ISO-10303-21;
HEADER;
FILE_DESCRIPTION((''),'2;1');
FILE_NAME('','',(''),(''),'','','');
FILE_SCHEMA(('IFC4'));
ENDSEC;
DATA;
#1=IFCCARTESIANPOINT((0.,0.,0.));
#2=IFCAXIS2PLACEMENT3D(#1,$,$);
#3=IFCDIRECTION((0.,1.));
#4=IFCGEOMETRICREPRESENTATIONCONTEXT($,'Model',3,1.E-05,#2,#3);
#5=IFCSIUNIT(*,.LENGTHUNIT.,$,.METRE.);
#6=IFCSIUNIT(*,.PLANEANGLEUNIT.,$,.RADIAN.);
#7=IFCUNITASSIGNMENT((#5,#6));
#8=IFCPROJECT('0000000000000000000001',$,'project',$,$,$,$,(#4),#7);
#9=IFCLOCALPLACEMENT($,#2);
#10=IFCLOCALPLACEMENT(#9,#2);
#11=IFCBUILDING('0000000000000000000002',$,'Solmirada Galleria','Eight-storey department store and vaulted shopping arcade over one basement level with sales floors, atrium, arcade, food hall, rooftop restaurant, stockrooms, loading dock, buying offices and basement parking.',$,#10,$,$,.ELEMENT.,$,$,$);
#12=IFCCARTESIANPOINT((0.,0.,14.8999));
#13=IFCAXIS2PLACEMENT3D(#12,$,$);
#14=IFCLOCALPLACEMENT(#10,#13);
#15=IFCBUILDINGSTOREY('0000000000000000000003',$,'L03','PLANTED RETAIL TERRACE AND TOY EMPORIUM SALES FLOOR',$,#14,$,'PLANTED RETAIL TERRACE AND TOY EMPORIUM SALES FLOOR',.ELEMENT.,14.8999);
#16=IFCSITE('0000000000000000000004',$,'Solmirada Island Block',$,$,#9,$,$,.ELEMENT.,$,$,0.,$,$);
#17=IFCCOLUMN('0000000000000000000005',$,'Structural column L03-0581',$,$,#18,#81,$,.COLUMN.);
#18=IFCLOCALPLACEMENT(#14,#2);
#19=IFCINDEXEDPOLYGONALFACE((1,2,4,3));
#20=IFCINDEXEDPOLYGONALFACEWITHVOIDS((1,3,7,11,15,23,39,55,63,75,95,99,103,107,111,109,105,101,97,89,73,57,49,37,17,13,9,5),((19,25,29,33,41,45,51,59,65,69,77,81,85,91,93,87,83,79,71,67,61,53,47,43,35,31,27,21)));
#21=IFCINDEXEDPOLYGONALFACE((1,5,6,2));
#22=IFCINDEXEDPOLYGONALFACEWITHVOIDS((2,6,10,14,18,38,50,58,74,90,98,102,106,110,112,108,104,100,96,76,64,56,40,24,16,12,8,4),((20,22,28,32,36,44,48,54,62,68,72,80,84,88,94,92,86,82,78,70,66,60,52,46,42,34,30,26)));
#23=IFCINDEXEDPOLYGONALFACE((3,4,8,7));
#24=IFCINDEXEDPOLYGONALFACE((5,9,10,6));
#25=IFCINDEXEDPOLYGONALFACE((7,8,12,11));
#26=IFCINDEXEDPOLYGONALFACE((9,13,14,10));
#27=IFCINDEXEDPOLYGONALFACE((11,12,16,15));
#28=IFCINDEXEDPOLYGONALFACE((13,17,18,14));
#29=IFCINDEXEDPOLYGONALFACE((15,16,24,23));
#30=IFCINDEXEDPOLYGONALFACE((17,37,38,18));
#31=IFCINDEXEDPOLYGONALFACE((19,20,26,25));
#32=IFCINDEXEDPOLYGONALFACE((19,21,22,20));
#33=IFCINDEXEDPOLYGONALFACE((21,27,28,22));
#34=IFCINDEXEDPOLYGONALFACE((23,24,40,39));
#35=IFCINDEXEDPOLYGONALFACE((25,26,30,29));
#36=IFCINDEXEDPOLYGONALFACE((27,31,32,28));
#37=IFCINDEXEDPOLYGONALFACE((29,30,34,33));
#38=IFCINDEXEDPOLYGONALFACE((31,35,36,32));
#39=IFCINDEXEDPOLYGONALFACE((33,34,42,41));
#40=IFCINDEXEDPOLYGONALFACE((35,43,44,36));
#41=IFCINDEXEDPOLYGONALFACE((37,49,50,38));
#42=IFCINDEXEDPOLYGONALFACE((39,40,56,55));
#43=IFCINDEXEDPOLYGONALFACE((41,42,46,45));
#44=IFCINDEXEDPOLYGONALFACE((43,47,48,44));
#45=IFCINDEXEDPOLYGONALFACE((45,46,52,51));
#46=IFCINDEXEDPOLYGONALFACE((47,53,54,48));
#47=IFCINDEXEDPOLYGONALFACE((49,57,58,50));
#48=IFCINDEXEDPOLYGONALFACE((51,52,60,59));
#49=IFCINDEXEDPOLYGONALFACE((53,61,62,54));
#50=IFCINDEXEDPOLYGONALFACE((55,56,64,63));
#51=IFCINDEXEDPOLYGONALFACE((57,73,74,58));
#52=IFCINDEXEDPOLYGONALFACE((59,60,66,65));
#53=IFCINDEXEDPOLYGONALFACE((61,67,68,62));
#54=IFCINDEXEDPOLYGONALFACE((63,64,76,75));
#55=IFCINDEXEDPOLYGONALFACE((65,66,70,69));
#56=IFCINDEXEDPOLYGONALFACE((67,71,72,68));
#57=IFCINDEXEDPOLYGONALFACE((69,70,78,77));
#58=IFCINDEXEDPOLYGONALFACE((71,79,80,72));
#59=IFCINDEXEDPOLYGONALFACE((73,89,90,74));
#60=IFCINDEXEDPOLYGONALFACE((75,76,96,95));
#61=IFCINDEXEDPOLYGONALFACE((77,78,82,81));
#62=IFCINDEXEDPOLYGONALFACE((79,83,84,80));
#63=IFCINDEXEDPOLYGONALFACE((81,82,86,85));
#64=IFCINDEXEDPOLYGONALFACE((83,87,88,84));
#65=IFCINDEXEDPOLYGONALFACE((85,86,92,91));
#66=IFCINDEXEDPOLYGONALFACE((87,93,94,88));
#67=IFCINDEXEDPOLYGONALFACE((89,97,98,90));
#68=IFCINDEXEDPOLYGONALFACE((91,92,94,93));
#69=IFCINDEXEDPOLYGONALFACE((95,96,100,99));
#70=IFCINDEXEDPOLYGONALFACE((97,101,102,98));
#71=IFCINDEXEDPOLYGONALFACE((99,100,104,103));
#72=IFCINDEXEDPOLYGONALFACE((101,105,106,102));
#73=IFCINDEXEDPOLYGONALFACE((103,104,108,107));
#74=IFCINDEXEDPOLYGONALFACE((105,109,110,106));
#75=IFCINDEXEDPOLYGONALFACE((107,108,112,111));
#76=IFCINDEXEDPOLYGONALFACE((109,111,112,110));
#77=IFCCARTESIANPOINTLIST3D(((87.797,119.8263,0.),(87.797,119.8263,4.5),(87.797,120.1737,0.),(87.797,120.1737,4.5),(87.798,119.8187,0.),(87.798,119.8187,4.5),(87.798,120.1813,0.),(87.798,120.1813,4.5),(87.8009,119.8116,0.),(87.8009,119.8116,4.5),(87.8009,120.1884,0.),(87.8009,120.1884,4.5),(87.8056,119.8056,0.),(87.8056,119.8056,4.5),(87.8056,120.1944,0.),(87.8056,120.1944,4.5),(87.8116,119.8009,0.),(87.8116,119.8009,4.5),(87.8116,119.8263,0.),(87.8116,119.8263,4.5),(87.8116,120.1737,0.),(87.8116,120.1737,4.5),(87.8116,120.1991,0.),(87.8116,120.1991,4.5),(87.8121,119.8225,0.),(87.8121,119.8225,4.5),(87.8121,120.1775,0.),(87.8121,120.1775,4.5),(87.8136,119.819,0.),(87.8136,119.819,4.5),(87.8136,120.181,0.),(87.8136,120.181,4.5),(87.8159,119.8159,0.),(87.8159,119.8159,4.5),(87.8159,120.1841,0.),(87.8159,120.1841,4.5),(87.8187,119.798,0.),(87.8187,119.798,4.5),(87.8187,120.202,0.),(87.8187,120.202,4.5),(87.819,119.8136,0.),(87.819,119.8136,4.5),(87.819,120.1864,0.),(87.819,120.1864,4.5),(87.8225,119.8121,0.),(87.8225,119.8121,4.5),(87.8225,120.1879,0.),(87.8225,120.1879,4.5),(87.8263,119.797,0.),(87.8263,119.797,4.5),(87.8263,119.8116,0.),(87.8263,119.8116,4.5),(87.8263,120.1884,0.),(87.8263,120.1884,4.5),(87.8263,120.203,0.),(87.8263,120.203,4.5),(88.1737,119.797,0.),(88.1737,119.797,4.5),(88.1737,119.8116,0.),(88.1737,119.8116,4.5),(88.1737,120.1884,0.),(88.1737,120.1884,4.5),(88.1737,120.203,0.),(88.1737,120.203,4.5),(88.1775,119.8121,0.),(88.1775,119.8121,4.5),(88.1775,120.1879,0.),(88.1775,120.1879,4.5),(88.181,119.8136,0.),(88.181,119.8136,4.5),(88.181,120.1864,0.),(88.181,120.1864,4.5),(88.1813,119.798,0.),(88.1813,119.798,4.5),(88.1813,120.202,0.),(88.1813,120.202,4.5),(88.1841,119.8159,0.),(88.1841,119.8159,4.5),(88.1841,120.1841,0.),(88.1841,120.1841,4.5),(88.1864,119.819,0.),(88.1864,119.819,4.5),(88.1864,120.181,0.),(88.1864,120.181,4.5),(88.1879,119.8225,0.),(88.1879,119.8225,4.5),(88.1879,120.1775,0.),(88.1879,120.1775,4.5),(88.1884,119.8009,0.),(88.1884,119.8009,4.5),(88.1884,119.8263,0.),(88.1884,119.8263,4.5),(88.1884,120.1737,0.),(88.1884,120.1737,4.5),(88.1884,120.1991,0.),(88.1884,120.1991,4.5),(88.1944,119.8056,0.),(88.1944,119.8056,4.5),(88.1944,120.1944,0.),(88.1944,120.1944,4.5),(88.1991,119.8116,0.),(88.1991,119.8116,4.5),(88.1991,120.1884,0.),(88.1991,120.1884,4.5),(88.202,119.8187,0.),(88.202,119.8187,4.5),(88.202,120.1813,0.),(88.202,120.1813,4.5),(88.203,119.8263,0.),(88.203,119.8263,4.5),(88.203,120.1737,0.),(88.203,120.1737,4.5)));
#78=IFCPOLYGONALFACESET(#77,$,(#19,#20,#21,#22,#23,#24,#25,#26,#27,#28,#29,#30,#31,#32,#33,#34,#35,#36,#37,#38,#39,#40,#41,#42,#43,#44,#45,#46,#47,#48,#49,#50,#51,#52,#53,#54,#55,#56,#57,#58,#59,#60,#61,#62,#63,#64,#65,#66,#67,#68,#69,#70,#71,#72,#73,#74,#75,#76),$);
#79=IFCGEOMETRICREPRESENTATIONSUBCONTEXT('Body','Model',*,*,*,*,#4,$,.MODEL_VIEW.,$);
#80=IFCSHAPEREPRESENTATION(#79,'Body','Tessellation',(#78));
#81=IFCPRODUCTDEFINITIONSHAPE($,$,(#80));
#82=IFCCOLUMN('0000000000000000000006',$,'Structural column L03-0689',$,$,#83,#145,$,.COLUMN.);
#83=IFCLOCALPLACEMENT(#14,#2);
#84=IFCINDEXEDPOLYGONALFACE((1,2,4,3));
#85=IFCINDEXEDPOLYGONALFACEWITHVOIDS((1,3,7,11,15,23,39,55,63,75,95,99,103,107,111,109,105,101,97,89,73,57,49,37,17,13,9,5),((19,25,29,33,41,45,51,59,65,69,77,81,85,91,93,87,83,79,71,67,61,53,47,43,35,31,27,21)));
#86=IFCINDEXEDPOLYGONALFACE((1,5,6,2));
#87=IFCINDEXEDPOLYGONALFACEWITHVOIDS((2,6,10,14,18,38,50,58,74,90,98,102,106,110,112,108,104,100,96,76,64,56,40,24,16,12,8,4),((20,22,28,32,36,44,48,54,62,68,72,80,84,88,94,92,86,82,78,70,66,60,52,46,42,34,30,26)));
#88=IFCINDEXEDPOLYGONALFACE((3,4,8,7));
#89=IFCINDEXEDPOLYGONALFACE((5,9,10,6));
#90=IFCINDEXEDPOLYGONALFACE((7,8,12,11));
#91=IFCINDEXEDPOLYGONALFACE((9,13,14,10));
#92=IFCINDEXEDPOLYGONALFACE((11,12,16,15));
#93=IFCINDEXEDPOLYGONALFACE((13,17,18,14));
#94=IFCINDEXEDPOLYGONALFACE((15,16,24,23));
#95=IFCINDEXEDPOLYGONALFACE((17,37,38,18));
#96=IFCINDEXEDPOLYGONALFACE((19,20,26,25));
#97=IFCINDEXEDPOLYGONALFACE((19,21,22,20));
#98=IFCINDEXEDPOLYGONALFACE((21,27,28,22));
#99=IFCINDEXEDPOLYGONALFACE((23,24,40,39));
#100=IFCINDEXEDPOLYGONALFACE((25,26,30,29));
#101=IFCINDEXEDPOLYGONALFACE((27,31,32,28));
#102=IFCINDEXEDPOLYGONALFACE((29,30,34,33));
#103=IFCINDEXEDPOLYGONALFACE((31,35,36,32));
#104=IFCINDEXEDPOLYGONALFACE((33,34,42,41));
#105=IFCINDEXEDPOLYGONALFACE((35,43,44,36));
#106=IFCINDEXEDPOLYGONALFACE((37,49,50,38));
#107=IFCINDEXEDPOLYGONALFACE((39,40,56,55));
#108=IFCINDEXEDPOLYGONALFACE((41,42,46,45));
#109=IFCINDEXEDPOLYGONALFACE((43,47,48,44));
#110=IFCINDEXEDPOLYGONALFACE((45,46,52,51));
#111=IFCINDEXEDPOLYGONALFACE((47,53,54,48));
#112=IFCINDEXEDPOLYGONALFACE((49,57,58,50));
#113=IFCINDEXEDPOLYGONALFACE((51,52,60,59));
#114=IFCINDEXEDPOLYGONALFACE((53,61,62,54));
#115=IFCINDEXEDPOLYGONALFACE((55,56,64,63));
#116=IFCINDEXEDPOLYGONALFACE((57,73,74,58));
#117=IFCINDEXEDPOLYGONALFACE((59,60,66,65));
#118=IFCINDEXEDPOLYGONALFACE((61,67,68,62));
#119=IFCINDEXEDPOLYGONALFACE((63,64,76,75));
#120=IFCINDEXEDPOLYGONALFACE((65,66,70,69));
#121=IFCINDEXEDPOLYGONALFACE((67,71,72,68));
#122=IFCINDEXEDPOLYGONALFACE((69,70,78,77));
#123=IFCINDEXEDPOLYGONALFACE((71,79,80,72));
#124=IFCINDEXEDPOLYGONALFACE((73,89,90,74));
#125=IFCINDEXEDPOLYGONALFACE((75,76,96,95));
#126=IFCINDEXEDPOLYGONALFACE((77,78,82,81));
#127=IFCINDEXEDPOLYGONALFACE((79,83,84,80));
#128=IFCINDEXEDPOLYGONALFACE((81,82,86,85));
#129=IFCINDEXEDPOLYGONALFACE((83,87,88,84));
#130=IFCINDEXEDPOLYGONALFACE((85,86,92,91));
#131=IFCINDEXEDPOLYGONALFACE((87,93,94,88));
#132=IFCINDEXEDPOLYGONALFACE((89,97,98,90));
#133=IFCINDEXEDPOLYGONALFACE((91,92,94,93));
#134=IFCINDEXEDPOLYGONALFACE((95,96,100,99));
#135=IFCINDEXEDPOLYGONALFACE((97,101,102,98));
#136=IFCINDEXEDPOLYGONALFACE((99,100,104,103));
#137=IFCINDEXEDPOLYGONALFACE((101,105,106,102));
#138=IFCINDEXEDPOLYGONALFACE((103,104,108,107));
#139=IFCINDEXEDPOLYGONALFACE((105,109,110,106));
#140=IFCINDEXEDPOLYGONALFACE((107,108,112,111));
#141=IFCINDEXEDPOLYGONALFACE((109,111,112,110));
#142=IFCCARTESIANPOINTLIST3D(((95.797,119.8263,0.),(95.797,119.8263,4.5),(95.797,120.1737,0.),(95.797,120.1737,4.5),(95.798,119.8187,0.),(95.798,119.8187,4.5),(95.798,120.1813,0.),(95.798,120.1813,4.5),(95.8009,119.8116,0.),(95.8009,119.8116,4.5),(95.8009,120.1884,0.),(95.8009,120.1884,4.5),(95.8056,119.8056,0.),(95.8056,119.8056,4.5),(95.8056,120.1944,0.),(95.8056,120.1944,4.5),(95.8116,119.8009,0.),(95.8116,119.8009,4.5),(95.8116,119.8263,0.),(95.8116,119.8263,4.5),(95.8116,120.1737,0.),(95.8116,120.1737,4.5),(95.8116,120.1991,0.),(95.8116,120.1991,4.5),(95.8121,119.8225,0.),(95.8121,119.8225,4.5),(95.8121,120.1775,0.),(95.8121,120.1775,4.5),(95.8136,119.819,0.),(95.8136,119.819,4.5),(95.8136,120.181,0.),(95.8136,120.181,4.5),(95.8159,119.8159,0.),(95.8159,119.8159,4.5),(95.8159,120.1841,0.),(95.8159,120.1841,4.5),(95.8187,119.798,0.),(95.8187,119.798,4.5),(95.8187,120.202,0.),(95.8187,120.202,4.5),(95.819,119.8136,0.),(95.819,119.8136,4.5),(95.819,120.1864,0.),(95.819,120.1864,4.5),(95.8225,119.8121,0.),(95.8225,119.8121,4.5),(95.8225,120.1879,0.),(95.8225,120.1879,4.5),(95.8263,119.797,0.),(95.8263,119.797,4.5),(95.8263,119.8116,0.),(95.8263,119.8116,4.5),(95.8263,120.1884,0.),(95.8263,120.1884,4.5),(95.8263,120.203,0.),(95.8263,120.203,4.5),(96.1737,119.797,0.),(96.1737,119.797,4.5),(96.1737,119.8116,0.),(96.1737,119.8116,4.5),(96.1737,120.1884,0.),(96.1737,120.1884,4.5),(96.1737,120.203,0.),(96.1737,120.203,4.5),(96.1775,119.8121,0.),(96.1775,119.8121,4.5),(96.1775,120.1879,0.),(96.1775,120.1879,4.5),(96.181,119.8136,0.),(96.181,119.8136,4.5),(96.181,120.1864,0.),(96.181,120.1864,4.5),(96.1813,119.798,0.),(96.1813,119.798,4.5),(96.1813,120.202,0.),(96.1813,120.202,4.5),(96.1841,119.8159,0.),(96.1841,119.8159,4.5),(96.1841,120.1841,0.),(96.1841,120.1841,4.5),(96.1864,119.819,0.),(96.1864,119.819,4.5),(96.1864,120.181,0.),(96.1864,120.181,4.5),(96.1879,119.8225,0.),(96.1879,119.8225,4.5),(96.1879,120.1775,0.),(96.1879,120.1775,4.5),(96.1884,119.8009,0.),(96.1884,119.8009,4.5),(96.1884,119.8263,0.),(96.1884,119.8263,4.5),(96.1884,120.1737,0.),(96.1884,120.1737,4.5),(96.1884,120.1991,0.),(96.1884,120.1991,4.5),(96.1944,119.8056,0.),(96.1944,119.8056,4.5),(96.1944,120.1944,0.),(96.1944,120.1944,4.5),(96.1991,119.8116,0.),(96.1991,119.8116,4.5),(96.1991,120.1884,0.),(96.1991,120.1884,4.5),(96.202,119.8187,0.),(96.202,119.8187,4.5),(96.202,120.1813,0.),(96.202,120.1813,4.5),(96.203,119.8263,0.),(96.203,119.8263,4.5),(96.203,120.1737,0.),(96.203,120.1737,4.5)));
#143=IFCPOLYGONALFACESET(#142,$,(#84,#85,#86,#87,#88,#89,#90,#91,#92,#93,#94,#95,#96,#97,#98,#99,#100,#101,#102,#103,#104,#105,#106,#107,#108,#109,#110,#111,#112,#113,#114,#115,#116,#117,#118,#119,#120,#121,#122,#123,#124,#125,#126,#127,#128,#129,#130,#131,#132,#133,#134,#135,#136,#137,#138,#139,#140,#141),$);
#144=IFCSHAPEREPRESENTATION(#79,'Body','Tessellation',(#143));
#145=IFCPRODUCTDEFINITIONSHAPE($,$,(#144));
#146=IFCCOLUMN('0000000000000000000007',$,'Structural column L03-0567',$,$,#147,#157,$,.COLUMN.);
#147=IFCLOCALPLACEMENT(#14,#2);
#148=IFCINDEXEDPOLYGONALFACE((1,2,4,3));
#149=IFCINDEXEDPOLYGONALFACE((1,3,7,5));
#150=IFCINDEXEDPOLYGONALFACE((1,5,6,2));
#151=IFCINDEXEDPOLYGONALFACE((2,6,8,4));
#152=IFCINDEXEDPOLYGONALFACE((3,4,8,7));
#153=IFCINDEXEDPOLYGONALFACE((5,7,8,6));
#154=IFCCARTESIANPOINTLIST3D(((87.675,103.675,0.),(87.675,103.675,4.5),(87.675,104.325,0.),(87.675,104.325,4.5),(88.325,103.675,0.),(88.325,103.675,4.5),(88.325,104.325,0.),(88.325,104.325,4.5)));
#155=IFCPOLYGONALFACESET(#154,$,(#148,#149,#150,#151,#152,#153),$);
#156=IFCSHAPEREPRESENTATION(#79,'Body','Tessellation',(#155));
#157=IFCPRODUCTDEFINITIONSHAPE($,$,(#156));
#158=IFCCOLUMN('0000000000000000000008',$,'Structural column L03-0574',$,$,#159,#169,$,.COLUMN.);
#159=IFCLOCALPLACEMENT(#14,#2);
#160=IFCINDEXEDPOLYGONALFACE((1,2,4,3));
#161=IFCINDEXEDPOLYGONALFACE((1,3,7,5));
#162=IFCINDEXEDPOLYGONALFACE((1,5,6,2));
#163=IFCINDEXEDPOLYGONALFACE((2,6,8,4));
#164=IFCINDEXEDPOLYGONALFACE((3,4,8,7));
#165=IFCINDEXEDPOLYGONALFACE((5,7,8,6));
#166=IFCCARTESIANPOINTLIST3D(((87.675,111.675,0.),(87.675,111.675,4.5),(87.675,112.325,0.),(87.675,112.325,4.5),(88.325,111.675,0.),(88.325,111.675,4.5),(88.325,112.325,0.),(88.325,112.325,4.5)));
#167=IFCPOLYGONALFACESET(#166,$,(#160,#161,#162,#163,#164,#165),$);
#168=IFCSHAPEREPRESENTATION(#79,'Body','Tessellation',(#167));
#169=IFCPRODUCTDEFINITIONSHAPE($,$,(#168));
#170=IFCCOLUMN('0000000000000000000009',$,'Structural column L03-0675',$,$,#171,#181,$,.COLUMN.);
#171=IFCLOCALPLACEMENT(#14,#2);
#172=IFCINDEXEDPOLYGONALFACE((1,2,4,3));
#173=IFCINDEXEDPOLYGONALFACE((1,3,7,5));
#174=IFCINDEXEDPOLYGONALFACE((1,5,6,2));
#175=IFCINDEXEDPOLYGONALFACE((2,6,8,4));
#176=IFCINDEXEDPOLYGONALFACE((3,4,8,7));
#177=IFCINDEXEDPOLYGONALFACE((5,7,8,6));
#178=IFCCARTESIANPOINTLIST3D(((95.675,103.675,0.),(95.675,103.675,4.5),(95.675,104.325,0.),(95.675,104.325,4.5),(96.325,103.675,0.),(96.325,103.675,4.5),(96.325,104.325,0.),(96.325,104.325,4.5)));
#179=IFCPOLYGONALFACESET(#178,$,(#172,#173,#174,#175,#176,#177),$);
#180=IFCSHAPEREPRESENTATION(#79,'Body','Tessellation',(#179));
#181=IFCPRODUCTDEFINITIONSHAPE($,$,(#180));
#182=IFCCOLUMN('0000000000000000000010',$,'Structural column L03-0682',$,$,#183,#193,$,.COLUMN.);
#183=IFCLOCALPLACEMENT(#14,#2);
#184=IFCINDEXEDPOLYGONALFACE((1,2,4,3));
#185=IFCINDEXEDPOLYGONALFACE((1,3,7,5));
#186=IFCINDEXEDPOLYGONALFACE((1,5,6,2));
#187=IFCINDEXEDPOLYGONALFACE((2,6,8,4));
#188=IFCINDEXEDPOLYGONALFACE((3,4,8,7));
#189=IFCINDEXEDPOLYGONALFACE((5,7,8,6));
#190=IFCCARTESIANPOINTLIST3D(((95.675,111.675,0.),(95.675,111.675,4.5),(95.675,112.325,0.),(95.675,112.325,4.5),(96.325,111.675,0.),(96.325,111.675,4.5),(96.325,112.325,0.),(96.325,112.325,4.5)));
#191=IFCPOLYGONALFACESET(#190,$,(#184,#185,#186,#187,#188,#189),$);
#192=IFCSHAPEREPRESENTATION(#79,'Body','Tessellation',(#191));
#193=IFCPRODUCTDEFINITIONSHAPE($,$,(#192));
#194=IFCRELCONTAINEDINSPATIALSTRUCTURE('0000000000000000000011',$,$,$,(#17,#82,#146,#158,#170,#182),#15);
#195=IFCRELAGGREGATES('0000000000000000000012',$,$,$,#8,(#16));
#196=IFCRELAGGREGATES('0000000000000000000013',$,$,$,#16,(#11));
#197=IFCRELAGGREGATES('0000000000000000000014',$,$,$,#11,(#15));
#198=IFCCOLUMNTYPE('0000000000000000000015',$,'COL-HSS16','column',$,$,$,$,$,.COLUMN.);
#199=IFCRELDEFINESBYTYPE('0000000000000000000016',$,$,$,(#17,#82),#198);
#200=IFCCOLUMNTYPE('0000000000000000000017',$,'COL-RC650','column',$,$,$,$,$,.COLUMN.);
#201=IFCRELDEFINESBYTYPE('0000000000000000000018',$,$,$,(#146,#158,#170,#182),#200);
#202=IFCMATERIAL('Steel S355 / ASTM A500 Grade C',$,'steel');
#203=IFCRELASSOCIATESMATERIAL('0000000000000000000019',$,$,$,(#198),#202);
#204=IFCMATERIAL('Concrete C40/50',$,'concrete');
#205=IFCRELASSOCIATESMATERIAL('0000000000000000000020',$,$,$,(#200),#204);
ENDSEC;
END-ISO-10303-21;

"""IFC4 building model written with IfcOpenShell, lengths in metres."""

from ifc_helpers import new_model, si_unit, direction, frame, origin, origin_2d, place, context, subcontext, project, spatial, rectangle, hollow_rectangle, extrude, material, material_profile, profile_set, type_object, element, save


model = new_model("IFC4")

# Units and contexts
model_context = context("Model", 3, precision=1e-05, world=origin(), true_north=direction((0.0, 1.0)))
body_context = subcontext(model_context, "Body", "Model", "MODEL_VIEW")
ifc_project = project(units=[si_unit("LENGTHUNIT", "METRE"), si_unit("PLANEANGLEUNIT", "RADIAN")], contexts=[model_context])

# Site, building, storey
site_placement = place(None, origin())
site = spatial("IfcSite", under=ifc_project, at=site_placement, Name="Solmirada Island Block", CompositionType="ELEMENT", RefElevation=0.0)
building_placement = place(site_placement, origin())
building = spatial("IfcBuilding", under=site, at=building_placement, Name="Solmirada Galleria", Description="Eight-storey department store and vaulted shopping arcade over one basement level with sales floors, atrium, arcade, food hall, rooftop restaurant, stockrooms, loading dock, buying offices and basement parking.", CompositionType="ELEMENT")
storey_placement = place(building_placement, frame((0.0, 0.0, 14.8999)))
storey = spatial("IfcBuildingStorey", under=building, at=storey_placement, Name="L03", Description="PLANTED RETAIL TERRACE AND TOY EMPORIUM SALES FLOOR", LongName="PLANTED RETAIL TERRACE AND TOY EMPORIUM SALES FLOOR", CompositionType="ELEMENT", Elevation=14.8999)

# Columns
ifc_material_1 = material(Name="Steel S355 / ASTM A500 Grade C", Category="steel")
ifc_material_profile_1 = material_profile(ifc_material_1, hollow_rectangle(XDim=0.406, YDim=0.406, WallThickness=0.0146, InnerFilletRadius=0.0146, OuterFilletRadius=0.0293, at=origin_2d()), Name="HSS16X16X5/8")
ifc_profile_set_1 = profile_set([ifc_material_profile_1], Name="Steel S355 / ASTM A500 Grade C")
column_type_1 = type_object("IfcColumnType", Name="COL-HSS16", Description="column", PredefinedType="COLUMN", material=ifc_profile_set_1)
for number, where, z_axis, x_axis, name in (
    (1, (88.0, 120.0, 0.0), (0.0, 0.0, 1.0), (1.0, 0.0, 0.0), "Structural column L03-0581"),
    (2, (96.0, 120.0, 0.0), (0.0, 0.0, 1.0), (1.0, 0.0, 0.0), "Structural column L03-0689"),
):
    element("IfcColumn", number, at=place(storey_placement, frame(where, z_axis=z_axis, x_axis=x_axis)), inside=storey, type_object=column_type_1, Name=name, PredefinedType="COLUMN", context=body_context, shape_type="SweptSolid", body=[
        extrude(hollow_rectangle(XDim=0.406, YDim=0.406, WallThickness=0.0146, InnerFilletRadius=0.0146, OuterFilletRadius=0.0293, at=origin_2d()), origin(), (0.0, 0.0, 1.0), 4.5),
    ])
ifc_material_2 = material(Name="Concrete C40/50", Category="concrete")
ifc_material_profile_2 = material_profile(ifc_material_2, rectangle(XDim=0.6499, YDim=0.6499, at=origin_2d()), Name="RC650X650")
ifc_profile_set_2 = profile_set([ifc_material_profile_2], Name="Concrete C40/50")
column_type_2 = type_object("IfcColumnType", Name="COL-RC650", Description="column", PredefinedType="COLUMN", material=ifc_profile_set_2)
for number, where, z_axis, x_axis, name in (
    (3, (88.0, 104.0, 0.0), (0.0, 0.0, 1.0), (1.0, 0.0, 0.0), "Structural column L03-0567"),
    (4, (88.0, 112.0, 0.0), (0.0, 0.0, 1.0), (1.0, 0.0, 0.0), "Structural column L03-0574"),
    (5, (96.0, 104.0, 0.0), (0.0, 0.0, 1.0), (1.0, 0.0, 0.0), "Structural column L03-0675"),
    (6, (96.0, 112.0, 0.0), (0.0, 0.0, 1.0), (1.0, 0.0, 0.0), "Structural column L03-0682"),
):
    element("IfcColumn", number, at=place(storey_placement, frame(where, z_axis=z_axis, x_axis=x_axis)), inside=storey, type_object=column_type_2, Name=name, PredefinedType="COLUMN", context=body_context, shape_type="SweptSolid", body=[
        extrude(rectangle(XDim=0.6499, YDim=0.6499, at=origin_2d()), origin(), (0.0, 0.0, 1.0), 4.5),
    ])

save(model, "model.ifc")
